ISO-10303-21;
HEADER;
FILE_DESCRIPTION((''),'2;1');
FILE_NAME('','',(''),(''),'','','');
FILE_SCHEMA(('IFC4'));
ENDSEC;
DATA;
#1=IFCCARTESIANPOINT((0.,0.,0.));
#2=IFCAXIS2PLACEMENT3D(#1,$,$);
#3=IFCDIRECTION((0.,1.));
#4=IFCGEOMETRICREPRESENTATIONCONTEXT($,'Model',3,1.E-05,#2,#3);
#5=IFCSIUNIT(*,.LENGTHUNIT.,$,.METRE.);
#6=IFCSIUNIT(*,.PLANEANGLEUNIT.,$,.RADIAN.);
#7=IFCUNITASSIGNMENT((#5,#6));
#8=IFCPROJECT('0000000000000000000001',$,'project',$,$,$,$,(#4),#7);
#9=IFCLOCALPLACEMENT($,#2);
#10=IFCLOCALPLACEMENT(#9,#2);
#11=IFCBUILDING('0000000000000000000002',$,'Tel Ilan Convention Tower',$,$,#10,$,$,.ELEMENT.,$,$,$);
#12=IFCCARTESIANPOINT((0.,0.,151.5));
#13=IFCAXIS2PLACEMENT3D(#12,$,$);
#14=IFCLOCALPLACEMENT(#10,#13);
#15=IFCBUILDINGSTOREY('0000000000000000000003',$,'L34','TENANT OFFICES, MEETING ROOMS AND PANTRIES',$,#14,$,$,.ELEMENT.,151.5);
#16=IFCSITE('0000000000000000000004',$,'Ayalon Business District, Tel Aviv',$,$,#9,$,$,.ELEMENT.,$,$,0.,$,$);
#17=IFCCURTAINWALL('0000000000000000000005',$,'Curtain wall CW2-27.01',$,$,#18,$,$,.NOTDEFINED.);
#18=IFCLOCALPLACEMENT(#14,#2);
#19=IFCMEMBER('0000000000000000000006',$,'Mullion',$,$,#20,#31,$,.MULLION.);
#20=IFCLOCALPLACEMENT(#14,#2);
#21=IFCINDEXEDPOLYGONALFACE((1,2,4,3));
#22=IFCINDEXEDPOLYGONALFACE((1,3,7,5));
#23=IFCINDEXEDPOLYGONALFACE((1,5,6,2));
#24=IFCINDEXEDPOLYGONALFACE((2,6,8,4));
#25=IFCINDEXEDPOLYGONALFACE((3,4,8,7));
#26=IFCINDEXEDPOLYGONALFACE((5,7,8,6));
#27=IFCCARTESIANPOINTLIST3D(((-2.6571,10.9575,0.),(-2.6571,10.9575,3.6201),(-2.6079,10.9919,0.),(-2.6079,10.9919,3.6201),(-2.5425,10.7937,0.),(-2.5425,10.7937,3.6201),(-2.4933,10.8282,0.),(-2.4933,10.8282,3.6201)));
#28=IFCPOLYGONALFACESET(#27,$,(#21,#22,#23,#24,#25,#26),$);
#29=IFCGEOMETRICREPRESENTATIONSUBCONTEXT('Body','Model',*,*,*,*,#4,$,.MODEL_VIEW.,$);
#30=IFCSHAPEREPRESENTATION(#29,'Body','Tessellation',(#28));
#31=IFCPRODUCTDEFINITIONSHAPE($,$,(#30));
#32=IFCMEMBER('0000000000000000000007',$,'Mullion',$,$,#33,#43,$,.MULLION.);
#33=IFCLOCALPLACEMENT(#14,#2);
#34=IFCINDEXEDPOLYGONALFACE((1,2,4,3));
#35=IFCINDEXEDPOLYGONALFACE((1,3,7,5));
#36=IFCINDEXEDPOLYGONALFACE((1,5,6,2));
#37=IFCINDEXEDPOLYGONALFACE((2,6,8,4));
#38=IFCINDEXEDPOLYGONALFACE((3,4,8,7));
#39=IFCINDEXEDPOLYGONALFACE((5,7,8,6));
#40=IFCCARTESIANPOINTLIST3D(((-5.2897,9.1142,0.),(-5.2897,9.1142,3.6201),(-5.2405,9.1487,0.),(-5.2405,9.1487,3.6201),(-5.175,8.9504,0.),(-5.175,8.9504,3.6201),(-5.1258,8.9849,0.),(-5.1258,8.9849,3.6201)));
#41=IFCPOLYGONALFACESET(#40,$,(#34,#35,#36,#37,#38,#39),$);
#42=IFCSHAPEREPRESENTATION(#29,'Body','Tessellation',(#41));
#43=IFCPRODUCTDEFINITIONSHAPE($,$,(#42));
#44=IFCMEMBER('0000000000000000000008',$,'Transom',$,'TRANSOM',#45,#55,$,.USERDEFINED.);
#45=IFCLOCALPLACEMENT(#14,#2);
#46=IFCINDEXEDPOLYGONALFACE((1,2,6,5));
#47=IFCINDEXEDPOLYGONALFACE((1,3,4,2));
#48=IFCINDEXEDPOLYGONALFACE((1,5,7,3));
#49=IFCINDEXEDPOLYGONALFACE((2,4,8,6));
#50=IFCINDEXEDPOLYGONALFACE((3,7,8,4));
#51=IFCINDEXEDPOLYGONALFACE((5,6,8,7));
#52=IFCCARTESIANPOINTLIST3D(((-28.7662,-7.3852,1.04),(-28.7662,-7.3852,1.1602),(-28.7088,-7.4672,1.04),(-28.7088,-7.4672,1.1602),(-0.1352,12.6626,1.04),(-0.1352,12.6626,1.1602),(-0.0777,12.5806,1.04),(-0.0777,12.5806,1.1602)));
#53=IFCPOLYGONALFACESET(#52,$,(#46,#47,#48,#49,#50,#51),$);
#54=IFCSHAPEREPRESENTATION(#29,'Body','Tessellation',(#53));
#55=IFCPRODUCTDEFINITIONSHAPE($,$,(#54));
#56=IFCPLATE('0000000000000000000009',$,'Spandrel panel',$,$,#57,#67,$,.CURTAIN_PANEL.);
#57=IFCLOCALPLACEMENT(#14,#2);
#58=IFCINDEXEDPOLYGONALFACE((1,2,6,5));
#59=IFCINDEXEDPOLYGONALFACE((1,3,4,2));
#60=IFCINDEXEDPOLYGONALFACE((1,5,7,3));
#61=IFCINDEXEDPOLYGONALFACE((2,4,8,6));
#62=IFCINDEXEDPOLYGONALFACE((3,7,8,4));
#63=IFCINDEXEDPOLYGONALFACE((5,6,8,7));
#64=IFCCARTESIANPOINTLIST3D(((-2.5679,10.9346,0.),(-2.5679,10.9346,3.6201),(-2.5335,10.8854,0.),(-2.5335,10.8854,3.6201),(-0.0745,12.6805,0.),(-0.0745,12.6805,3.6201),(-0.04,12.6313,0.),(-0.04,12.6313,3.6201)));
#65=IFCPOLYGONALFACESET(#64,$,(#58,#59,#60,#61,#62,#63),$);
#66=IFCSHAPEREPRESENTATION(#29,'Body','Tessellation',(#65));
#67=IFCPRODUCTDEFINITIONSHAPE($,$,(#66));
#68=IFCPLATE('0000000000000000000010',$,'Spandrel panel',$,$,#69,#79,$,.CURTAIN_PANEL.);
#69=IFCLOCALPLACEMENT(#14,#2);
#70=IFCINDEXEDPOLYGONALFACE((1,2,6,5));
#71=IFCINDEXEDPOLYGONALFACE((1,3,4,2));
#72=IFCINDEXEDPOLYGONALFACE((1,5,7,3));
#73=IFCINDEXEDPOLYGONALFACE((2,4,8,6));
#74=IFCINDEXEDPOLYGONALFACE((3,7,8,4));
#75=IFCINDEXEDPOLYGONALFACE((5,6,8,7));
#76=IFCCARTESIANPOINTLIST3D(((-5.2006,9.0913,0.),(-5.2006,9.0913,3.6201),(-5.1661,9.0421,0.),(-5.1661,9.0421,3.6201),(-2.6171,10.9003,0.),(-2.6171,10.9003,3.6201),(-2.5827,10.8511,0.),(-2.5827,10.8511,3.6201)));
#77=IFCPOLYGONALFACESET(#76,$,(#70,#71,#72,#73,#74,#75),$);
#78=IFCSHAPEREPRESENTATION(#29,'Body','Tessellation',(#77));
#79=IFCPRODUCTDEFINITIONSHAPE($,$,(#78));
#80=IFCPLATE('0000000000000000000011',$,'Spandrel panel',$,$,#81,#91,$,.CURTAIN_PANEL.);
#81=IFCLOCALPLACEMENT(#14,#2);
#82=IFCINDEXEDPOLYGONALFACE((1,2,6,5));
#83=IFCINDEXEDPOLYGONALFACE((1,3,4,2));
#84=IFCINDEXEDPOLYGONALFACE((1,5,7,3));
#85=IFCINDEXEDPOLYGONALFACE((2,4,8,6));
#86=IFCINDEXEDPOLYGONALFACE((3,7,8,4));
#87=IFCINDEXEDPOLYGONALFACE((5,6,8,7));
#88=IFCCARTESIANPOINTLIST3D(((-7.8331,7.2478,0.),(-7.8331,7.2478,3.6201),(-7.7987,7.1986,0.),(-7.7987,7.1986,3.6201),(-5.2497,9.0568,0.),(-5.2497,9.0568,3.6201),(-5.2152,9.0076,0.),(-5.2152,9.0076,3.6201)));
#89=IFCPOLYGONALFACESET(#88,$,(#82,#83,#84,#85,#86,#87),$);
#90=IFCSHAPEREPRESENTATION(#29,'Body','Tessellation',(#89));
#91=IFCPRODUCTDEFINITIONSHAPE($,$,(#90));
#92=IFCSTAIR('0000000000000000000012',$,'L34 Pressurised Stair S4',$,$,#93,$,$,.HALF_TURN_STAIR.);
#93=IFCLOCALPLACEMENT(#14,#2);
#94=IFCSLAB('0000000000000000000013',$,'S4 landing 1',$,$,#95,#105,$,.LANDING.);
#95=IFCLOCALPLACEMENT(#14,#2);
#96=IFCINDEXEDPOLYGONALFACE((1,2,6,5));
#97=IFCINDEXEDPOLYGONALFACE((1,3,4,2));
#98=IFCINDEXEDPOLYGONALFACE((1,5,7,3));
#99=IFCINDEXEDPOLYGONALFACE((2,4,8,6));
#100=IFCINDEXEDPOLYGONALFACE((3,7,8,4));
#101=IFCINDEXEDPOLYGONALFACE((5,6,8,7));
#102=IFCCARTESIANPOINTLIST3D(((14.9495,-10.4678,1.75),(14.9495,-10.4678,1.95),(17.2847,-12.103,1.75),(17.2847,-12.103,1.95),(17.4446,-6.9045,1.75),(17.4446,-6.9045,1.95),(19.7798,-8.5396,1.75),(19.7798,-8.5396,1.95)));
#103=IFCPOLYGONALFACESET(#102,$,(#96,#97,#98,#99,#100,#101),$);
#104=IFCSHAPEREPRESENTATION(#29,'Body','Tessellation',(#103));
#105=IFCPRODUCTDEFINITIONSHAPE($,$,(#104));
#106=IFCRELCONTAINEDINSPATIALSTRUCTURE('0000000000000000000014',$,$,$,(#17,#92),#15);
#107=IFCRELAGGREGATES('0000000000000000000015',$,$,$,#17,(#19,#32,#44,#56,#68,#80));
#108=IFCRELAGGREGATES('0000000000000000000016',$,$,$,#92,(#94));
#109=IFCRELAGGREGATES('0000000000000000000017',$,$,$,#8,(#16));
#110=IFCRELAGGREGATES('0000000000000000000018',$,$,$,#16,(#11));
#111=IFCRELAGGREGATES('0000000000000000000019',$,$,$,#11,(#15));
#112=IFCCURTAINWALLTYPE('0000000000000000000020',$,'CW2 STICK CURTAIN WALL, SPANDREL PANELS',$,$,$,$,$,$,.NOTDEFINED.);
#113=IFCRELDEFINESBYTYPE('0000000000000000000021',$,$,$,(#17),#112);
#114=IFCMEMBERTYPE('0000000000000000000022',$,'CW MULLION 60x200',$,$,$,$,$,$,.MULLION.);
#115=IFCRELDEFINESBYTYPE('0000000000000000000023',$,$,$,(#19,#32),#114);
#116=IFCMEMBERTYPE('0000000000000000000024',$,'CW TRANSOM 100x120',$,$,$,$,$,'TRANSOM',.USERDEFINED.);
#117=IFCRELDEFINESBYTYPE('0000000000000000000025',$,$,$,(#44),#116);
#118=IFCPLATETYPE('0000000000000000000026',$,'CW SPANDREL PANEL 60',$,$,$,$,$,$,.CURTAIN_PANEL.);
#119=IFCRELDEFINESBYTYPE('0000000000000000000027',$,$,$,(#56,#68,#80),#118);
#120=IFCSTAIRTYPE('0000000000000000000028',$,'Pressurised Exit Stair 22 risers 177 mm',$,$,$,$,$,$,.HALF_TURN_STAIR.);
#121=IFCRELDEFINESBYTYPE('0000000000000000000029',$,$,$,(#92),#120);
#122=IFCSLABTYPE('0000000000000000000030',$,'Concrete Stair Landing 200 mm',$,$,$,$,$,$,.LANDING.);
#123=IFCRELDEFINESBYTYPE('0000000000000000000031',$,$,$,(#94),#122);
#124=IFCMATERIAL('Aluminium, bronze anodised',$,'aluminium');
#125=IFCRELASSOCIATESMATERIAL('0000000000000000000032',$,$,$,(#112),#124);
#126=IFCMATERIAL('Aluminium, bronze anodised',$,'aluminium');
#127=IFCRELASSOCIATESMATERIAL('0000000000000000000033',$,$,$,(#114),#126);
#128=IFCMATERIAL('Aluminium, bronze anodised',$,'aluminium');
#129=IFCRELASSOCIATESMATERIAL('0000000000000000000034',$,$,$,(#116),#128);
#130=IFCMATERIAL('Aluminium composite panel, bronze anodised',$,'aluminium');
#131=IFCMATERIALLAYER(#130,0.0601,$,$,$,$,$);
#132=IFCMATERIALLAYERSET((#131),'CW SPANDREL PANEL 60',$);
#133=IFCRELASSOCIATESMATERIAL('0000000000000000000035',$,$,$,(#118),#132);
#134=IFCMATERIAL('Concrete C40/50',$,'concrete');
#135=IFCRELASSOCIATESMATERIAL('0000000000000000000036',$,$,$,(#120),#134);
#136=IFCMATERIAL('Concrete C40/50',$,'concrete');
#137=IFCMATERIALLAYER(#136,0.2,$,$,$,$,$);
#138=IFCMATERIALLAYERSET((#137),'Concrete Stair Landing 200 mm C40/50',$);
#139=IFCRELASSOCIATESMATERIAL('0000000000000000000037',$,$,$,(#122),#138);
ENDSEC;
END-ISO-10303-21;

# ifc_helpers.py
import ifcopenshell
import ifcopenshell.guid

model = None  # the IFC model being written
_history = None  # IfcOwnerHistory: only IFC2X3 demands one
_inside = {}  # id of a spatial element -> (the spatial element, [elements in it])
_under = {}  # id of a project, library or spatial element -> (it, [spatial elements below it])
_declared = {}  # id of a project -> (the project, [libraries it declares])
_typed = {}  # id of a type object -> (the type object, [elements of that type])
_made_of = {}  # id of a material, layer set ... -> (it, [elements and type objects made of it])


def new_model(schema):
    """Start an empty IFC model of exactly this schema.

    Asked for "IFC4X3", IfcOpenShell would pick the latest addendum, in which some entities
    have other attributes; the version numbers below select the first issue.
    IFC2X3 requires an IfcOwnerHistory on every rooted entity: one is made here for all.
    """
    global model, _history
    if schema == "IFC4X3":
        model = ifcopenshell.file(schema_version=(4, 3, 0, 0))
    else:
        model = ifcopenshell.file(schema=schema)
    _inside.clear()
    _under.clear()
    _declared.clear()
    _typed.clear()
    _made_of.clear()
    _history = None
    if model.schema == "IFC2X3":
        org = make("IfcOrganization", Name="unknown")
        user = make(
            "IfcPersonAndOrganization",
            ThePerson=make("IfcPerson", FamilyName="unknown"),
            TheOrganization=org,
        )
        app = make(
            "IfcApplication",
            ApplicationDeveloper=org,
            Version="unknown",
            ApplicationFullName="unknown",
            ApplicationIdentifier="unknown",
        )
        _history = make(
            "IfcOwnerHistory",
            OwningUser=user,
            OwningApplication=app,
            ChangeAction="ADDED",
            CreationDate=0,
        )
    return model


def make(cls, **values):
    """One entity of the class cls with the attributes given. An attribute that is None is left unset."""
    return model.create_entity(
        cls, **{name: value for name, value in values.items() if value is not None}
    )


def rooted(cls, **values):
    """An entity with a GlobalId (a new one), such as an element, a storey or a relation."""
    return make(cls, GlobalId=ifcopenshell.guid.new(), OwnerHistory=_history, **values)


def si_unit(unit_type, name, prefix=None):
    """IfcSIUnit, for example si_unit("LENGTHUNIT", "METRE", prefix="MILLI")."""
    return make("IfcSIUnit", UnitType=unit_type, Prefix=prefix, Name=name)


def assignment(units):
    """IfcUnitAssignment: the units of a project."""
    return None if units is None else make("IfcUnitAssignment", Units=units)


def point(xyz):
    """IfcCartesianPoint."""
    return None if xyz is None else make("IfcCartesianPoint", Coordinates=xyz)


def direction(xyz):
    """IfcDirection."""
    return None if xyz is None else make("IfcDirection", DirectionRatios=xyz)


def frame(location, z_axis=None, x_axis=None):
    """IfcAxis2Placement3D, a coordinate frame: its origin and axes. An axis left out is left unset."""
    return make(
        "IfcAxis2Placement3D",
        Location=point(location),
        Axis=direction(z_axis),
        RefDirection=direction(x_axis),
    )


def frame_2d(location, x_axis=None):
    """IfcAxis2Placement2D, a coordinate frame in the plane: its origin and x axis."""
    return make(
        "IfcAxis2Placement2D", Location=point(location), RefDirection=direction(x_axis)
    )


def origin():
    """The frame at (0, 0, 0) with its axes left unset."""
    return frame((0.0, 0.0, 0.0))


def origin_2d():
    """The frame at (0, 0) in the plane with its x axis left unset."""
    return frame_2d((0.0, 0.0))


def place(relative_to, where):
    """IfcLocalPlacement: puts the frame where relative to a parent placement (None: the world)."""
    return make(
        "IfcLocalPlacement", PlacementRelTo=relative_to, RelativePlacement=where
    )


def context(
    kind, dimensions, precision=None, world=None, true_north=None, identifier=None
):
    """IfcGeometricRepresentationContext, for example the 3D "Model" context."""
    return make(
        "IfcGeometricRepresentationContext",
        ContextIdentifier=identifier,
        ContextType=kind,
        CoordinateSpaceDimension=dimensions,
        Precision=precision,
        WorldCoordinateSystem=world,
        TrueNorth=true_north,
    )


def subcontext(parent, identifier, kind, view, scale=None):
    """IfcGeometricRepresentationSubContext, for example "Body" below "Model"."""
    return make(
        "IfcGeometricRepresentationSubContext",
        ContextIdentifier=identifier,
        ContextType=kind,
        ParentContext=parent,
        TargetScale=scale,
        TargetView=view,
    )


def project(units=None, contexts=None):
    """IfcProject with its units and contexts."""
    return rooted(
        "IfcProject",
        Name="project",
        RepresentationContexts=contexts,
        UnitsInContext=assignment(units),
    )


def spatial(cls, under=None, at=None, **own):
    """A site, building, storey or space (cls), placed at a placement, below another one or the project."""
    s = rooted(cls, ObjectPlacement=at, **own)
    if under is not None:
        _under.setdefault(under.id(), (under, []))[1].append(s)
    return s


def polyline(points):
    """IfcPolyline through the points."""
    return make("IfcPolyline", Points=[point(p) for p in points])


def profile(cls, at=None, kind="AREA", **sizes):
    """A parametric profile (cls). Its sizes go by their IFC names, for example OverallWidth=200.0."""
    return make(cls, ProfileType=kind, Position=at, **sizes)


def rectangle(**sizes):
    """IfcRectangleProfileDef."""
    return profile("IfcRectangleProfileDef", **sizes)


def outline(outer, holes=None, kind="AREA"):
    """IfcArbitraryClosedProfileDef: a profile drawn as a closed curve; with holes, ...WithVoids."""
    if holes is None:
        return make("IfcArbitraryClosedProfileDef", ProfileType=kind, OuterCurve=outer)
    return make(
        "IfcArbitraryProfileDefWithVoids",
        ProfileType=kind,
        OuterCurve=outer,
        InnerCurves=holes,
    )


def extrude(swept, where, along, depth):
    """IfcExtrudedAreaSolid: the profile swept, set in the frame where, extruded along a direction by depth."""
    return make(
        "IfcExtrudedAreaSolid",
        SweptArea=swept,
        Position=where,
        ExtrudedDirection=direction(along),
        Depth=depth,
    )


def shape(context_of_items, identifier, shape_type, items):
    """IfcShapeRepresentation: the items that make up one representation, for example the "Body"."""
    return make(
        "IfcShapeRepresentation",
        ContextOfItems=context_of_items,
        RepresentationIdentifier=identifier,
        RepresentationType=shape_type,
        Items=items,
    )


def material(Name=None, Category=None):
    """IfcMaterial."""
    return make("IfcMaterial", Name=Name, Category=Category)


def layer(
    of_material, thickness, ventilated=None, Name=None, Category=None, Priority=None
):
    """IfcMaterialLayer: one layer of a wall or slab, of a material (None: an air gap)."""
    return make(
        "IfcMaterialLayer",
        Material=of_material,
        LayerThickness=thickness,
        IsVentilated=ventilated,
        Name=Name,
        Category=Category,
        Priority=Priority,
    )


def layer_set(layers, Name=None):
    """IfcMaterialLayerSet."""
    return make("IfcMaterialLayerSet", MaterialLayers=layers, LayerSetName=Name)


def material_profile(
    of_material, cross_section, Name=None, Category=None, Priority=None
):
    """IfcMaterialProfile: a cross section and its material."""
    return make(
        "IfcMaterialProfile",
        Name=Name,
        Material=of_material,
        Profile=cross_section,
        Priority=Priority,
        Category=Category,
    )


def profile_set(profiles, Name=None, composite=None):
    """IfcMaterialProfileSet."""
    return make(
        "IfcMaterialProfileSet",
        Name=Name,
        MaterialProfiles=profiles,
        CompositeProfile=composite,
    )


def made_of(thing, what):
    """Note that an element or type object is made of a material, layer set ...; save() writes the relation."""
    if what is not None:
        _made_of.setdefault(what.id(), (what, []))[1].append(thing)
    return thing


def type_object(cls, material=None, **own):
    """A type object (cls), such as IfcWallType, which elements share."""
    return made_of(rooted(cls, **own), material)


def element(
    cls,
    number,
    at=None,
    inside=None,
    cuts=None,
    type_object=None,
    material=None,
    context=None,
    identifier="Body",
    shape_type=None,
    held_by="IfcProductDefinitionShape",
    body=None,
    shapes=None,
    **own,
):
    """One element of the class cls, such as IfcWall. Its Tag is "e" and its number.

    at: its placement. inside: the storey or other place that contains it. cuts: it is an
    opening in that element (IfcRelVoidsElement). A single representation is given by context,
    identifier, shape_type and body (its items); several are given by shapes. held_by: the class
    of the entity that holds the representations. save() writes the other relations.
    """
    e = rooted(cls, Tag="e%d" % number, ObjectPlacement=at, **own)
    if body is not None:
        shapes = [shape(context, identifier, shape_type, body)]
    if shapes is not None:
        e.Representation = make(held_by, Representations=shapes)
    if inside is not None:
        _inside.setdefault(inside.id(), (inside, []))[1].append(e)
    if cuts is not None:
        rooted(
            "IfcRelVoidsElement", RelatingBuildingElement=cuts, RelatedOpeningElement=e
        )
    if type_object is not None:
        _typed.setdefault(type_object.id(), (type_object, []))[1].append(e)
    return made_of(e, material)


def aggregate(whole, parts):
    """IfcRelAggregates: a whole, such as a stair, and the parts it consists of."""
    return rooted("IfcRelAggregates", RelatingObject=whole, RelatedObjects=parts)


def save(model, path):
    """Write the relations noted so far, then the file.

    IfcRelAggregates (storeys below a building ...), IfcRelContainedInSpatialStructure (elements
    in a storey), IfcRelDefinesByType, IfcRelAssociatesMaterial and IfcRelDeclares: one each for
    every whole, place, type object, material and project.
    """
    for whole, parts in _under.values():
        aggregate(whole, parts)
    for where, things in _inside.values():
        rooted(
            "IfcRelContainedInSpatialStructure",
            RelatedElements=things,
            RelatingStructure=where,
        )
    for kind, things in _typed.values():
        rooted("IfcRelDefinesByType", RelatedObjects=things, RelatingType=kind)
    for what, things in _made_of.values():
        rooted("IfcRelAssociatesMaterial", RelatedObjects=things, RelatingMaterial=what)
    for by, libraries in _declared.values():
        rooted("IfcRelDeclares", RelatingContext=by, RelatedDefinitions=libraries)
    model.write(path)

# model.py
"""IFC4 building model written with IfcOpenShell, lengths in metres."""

from ifc_helpers import new_model, si_unit, direction, frame, origin, origin_2d, place, context, subcontext, project, spatial, polyline, rectangle, outline, extrude, material, layer, layer_set, material_profile, profile_set, type_object, element, aggregate, save


model = new_model("IFC4")

# Units and contexts
model_context = context("Model", 3, precision=1e-05, world=origin(), true_north=direction((0.0, 1.0)))
body_context = subcontext(model_context, "Body", "Model", "MODEL_VIEW")
ifc_project = project(units=[si_unit("LENGTHUNIT", "METRE"), si_unit("PLANEANGLEUNIT", "RADIAN")], contexts=[model_context])

# Site, building, storey
site_placement = place(None, origin())
site = spatial("IfcSite", under=ifc_project, at=site_placement, Name="Ayalon Business District, Tel Aviv", CompositionType="ELEMENT", RefElevation=0.0)
building_placement = place(site_placement, origin())
building = spatial("IfcBuilding", under=site, at=building_placement, Name="Tel Ilan Convention Tower", CompositionType="ELEMENT")
storey_placement = place(building_placement, frame((0.0, 0.0, 151.5)))
storey = spatial("IfcBuildingStorey", under=building, at=storey_placement, Name="L34", Description="TENANT OFFICES, MEETING ROOMS AND PANTRIES", CompositionType="ELEMENT", Elevation=151.5)

# Curtain wall, members, plates
ifc_material_1 = material(Name="Aluminium, bronze anodised", Category="aluminium")
curtain_wall_type = type_object("IfcCurtainWallType", Name="CW2 STICK CURTAIN WALL, SPANDREL PANELS", PredefinedType="NOTDEFINED", material=ifc_material_1)
curtain_wall_placement = place(storey_placement, origin())
curtain_wall = element("IfcCurtainWall", 1, at=curtain_wall_placement, inside=storey, type_object=curtain_wall_type, Name="Curtain wall CW2-27.01", PredefinedType="NOTDEFINED")
ifc_material_2 = material(Name="Aluminium, bronze anodised", Category="aluminium")
ifc_material_profile_1 = material_profile(ifc_material_2, rectangle(XDim=0.0601, YDim=0.2, at=origin_2d()), Name="CW MULLION 60x200")
ifc_profile_set_1 = profile_set([ifc_material_profile_1], Name="Aluminium, bronze anodised")
member_type_1 = type_object("IfcMemberType", Name="CW MULLION 60x200", PredefinedType="MULLION", material=ifc_profile_set_1)
member_1_placement = place(storey_placement, frame((-2.5752, 10.8928, 0.0), z_axis=(0.0, 0.0, 1.0), x_axis=(-0.819152, -0.573576, 0.0)))
member_1 = element("IfcMember", 2, at=member_1_placement, type_object=member_type_1, Name="Mullion", PredefinedType="MULLION", context=body_context, shape_type="SweptSolid", body=[
    extrude(rectangle(XDim=0.0601, YDim=0.2, at=origin_2d()), origin(), (0.0, 0.0, 1.0), 3.6201),
])
member_2_placement = place(storey_placement, frame((-5.2078, 9.0496, 0.0), z_axis=(0.0, 0.0, 1.0), x_axis=(-0.819152, -0.573576, 0.0)))
member_2 = element("IfcMember", 3, at=member_2_placement, type_object=member_type_1, Name="Mullion", PredefinedType="MULLION", context=body_context, shape_type="SweptSolid", body=[
    extrude(rectangle(XDim=0.0601, YDim=0.2, at=origin_2d()), origin(), (0.0, 0.0, 1.0), 3.6201),
])
ifc_material_3 = material(Name="Aluminium, bronze anodised", Category="aluminium")
ifc_material_profile_2 = material_profile(ifc_material_3, rectangle(XDim=0.1001, YDim=0.1201, at=origin_2d()), Name="CW TRANSOM 100x120")
ifc_profile_set_2 = profile_set([ifc_material_profile_2], Name="Aluminium, bronze anodised")
member_type_2 = type_object("IfcMemberType", Name="CW TRANSOM 100x120", ElementType="TRANSOM", PredefinedType="USERDEFINED", material=ifc_profile_set_2)
member_3_placement = place(storey_placement, frame((-0.1064, 12.6216, 1.1001), z_axis=(-0.81915, -0.573579, 0.0), x_axis=(0.573579, -0.81915, 0.0)))
member_3 = element("IfcMember", 4, at=member_3_placement, type_object=member_type_2, Name="Transom", ObjectType="TRANSOM", PredefinedType="USERDEFINED", context=body_context, shape_type="SweptSolid", body=[
    extrude(rectangle(XDim=0.1001, YDim=0.1201, at=origin_2d()), origin(), (0.0, 0.0, 1.0), 34.9521),
])
ifc_material_4 = material(Name="Aluminium composite panel, bronze anodised", Category="aluminium")
ifc_layer_1 = layer(ifc_material_4, 0.0601)
ifc_layer_set_1 = layer_set([ifc_layer_1], Name="CW SPANDREL PANEL 60")
plate_type = type_object("IfcPlateType", Name="CW SPANDREL PANEL 60", PredefinedType="CURTAIN_PANEL", material=ifc_layer_set_1)
plate_1_placement = place(storey_placement, frame((-1.304, 11.783, 0.0), z_axis=(0.0, 0.0, 1.0), x_axis=(-0.819152, -0.573576, 0.0)))
plate_1 = element("IfcPlate", 5, at=plate_1_placement, type_object=plate_type, Name="Spandrel panel", PredefinedType="CURTAIN_PANEL", context=body_context, shape_type="SweptSolid", body=[
    extrude(rectangle(XDim=3.0439, YDim=0.0601, at=origin_2d()), origin(), (0.0, 0.0, 1.0), 3.6201),
])
plate_2_placement = place(storey_placement, frame((-3.8916, 9.9712, 0.0), z_axis=(0.0, 0.0, 1.0), x_axis=(-0.819152, -0.573576, 0.0)))
plate_2 = element("IfcPlate", 6, at=plate_2_placement, type_object=plate_type, Name="Spandrel panel", PredefinedType="CURTAIN_PANEL", context=body_context, shape_type="SweptSolid", body=[
    extrude(rectangle(XDim=3.1538, YDim=0.0601, at=origin_2d()), origin(), (0.0, 0.0, 1.0), 3.6201),
])
plate_3_placement = place(storey_placement, frame((-6.5242, 8.1277, 0.0), z_axis=(0.0, 0.0, 1.0), x_axis=(-0.819152, -0.573576, 0.0)))
plate_3 = element("IfcPlate", 7, at=plate_3_placement, type_object=plate_type, Name="Spandrel panel", PredefinedType="CURTAIN_PANEL", context=body_context, shape_type="SweptSolid", body=[
    extrude(rectangle(XDim=3.1538, YDim=0.0601, at=origin_2d()), origin(), (0.0, 0.0, 1.0), 3.6201),
])
aggregate(curtain_wall, [member_1, member_2, member_3, plate_1, plate_2, plate_3])

# Stair, slab
ifc_material_5 = material(Name="Concrete C40/50", Category="concrete")
stair_type = type_object("IfcStairType", Name="Pressurised Exit Stair 22 risers 177 mm", PredefinedType="HALF_TURN_STAIR", material=ifc_material_5)
stair_placement = place(storey_placement, origin())
stair = element("IfcStair", 8, at=stair_placement, inside=storey, type_object=stair_type, Name="L34 Pressurised Stair S4", PredefinedType="HALF_TURN_STAIR")
ifc_material_6 = material(Name="Concrete C40/50", Category="concrete")
ifc_layer_2 = layer(ifc_material_6, 0.2)
ifc_layer_set_2 = layer_set([ifc_layer_2], Name="Concrete Stair Landing 200 mm C40/50")
slab_type_1 = type_object("IfcSlabType", Name="Concrete Stair Landing 200 mm", PredefinedType="LANDING", material=ifc_layer_set_2)
slab_1_placement = place(storey_placement, frame((0.0, 0.0, 1.75)))
slab_1 = element("IfcSlab", 9, at=slab_1_placement, type_object=slab_type_1, Name="S4 landing 1", PredefinedType="LANDING", context=body_context, shape_type="SweptSolid", body=[
    extrude(outline(polyline([(19.7798, -8.5396), (17.4446, -6.9045), (14.9495, -10.4678), (17.2847, -12.103), (19.7798, -8.5396)])), origin(), (0.0, 0.0, 1.0), 0.2),
])
aggregate(stair, [slab_1])

save(model, "model.ifc")
